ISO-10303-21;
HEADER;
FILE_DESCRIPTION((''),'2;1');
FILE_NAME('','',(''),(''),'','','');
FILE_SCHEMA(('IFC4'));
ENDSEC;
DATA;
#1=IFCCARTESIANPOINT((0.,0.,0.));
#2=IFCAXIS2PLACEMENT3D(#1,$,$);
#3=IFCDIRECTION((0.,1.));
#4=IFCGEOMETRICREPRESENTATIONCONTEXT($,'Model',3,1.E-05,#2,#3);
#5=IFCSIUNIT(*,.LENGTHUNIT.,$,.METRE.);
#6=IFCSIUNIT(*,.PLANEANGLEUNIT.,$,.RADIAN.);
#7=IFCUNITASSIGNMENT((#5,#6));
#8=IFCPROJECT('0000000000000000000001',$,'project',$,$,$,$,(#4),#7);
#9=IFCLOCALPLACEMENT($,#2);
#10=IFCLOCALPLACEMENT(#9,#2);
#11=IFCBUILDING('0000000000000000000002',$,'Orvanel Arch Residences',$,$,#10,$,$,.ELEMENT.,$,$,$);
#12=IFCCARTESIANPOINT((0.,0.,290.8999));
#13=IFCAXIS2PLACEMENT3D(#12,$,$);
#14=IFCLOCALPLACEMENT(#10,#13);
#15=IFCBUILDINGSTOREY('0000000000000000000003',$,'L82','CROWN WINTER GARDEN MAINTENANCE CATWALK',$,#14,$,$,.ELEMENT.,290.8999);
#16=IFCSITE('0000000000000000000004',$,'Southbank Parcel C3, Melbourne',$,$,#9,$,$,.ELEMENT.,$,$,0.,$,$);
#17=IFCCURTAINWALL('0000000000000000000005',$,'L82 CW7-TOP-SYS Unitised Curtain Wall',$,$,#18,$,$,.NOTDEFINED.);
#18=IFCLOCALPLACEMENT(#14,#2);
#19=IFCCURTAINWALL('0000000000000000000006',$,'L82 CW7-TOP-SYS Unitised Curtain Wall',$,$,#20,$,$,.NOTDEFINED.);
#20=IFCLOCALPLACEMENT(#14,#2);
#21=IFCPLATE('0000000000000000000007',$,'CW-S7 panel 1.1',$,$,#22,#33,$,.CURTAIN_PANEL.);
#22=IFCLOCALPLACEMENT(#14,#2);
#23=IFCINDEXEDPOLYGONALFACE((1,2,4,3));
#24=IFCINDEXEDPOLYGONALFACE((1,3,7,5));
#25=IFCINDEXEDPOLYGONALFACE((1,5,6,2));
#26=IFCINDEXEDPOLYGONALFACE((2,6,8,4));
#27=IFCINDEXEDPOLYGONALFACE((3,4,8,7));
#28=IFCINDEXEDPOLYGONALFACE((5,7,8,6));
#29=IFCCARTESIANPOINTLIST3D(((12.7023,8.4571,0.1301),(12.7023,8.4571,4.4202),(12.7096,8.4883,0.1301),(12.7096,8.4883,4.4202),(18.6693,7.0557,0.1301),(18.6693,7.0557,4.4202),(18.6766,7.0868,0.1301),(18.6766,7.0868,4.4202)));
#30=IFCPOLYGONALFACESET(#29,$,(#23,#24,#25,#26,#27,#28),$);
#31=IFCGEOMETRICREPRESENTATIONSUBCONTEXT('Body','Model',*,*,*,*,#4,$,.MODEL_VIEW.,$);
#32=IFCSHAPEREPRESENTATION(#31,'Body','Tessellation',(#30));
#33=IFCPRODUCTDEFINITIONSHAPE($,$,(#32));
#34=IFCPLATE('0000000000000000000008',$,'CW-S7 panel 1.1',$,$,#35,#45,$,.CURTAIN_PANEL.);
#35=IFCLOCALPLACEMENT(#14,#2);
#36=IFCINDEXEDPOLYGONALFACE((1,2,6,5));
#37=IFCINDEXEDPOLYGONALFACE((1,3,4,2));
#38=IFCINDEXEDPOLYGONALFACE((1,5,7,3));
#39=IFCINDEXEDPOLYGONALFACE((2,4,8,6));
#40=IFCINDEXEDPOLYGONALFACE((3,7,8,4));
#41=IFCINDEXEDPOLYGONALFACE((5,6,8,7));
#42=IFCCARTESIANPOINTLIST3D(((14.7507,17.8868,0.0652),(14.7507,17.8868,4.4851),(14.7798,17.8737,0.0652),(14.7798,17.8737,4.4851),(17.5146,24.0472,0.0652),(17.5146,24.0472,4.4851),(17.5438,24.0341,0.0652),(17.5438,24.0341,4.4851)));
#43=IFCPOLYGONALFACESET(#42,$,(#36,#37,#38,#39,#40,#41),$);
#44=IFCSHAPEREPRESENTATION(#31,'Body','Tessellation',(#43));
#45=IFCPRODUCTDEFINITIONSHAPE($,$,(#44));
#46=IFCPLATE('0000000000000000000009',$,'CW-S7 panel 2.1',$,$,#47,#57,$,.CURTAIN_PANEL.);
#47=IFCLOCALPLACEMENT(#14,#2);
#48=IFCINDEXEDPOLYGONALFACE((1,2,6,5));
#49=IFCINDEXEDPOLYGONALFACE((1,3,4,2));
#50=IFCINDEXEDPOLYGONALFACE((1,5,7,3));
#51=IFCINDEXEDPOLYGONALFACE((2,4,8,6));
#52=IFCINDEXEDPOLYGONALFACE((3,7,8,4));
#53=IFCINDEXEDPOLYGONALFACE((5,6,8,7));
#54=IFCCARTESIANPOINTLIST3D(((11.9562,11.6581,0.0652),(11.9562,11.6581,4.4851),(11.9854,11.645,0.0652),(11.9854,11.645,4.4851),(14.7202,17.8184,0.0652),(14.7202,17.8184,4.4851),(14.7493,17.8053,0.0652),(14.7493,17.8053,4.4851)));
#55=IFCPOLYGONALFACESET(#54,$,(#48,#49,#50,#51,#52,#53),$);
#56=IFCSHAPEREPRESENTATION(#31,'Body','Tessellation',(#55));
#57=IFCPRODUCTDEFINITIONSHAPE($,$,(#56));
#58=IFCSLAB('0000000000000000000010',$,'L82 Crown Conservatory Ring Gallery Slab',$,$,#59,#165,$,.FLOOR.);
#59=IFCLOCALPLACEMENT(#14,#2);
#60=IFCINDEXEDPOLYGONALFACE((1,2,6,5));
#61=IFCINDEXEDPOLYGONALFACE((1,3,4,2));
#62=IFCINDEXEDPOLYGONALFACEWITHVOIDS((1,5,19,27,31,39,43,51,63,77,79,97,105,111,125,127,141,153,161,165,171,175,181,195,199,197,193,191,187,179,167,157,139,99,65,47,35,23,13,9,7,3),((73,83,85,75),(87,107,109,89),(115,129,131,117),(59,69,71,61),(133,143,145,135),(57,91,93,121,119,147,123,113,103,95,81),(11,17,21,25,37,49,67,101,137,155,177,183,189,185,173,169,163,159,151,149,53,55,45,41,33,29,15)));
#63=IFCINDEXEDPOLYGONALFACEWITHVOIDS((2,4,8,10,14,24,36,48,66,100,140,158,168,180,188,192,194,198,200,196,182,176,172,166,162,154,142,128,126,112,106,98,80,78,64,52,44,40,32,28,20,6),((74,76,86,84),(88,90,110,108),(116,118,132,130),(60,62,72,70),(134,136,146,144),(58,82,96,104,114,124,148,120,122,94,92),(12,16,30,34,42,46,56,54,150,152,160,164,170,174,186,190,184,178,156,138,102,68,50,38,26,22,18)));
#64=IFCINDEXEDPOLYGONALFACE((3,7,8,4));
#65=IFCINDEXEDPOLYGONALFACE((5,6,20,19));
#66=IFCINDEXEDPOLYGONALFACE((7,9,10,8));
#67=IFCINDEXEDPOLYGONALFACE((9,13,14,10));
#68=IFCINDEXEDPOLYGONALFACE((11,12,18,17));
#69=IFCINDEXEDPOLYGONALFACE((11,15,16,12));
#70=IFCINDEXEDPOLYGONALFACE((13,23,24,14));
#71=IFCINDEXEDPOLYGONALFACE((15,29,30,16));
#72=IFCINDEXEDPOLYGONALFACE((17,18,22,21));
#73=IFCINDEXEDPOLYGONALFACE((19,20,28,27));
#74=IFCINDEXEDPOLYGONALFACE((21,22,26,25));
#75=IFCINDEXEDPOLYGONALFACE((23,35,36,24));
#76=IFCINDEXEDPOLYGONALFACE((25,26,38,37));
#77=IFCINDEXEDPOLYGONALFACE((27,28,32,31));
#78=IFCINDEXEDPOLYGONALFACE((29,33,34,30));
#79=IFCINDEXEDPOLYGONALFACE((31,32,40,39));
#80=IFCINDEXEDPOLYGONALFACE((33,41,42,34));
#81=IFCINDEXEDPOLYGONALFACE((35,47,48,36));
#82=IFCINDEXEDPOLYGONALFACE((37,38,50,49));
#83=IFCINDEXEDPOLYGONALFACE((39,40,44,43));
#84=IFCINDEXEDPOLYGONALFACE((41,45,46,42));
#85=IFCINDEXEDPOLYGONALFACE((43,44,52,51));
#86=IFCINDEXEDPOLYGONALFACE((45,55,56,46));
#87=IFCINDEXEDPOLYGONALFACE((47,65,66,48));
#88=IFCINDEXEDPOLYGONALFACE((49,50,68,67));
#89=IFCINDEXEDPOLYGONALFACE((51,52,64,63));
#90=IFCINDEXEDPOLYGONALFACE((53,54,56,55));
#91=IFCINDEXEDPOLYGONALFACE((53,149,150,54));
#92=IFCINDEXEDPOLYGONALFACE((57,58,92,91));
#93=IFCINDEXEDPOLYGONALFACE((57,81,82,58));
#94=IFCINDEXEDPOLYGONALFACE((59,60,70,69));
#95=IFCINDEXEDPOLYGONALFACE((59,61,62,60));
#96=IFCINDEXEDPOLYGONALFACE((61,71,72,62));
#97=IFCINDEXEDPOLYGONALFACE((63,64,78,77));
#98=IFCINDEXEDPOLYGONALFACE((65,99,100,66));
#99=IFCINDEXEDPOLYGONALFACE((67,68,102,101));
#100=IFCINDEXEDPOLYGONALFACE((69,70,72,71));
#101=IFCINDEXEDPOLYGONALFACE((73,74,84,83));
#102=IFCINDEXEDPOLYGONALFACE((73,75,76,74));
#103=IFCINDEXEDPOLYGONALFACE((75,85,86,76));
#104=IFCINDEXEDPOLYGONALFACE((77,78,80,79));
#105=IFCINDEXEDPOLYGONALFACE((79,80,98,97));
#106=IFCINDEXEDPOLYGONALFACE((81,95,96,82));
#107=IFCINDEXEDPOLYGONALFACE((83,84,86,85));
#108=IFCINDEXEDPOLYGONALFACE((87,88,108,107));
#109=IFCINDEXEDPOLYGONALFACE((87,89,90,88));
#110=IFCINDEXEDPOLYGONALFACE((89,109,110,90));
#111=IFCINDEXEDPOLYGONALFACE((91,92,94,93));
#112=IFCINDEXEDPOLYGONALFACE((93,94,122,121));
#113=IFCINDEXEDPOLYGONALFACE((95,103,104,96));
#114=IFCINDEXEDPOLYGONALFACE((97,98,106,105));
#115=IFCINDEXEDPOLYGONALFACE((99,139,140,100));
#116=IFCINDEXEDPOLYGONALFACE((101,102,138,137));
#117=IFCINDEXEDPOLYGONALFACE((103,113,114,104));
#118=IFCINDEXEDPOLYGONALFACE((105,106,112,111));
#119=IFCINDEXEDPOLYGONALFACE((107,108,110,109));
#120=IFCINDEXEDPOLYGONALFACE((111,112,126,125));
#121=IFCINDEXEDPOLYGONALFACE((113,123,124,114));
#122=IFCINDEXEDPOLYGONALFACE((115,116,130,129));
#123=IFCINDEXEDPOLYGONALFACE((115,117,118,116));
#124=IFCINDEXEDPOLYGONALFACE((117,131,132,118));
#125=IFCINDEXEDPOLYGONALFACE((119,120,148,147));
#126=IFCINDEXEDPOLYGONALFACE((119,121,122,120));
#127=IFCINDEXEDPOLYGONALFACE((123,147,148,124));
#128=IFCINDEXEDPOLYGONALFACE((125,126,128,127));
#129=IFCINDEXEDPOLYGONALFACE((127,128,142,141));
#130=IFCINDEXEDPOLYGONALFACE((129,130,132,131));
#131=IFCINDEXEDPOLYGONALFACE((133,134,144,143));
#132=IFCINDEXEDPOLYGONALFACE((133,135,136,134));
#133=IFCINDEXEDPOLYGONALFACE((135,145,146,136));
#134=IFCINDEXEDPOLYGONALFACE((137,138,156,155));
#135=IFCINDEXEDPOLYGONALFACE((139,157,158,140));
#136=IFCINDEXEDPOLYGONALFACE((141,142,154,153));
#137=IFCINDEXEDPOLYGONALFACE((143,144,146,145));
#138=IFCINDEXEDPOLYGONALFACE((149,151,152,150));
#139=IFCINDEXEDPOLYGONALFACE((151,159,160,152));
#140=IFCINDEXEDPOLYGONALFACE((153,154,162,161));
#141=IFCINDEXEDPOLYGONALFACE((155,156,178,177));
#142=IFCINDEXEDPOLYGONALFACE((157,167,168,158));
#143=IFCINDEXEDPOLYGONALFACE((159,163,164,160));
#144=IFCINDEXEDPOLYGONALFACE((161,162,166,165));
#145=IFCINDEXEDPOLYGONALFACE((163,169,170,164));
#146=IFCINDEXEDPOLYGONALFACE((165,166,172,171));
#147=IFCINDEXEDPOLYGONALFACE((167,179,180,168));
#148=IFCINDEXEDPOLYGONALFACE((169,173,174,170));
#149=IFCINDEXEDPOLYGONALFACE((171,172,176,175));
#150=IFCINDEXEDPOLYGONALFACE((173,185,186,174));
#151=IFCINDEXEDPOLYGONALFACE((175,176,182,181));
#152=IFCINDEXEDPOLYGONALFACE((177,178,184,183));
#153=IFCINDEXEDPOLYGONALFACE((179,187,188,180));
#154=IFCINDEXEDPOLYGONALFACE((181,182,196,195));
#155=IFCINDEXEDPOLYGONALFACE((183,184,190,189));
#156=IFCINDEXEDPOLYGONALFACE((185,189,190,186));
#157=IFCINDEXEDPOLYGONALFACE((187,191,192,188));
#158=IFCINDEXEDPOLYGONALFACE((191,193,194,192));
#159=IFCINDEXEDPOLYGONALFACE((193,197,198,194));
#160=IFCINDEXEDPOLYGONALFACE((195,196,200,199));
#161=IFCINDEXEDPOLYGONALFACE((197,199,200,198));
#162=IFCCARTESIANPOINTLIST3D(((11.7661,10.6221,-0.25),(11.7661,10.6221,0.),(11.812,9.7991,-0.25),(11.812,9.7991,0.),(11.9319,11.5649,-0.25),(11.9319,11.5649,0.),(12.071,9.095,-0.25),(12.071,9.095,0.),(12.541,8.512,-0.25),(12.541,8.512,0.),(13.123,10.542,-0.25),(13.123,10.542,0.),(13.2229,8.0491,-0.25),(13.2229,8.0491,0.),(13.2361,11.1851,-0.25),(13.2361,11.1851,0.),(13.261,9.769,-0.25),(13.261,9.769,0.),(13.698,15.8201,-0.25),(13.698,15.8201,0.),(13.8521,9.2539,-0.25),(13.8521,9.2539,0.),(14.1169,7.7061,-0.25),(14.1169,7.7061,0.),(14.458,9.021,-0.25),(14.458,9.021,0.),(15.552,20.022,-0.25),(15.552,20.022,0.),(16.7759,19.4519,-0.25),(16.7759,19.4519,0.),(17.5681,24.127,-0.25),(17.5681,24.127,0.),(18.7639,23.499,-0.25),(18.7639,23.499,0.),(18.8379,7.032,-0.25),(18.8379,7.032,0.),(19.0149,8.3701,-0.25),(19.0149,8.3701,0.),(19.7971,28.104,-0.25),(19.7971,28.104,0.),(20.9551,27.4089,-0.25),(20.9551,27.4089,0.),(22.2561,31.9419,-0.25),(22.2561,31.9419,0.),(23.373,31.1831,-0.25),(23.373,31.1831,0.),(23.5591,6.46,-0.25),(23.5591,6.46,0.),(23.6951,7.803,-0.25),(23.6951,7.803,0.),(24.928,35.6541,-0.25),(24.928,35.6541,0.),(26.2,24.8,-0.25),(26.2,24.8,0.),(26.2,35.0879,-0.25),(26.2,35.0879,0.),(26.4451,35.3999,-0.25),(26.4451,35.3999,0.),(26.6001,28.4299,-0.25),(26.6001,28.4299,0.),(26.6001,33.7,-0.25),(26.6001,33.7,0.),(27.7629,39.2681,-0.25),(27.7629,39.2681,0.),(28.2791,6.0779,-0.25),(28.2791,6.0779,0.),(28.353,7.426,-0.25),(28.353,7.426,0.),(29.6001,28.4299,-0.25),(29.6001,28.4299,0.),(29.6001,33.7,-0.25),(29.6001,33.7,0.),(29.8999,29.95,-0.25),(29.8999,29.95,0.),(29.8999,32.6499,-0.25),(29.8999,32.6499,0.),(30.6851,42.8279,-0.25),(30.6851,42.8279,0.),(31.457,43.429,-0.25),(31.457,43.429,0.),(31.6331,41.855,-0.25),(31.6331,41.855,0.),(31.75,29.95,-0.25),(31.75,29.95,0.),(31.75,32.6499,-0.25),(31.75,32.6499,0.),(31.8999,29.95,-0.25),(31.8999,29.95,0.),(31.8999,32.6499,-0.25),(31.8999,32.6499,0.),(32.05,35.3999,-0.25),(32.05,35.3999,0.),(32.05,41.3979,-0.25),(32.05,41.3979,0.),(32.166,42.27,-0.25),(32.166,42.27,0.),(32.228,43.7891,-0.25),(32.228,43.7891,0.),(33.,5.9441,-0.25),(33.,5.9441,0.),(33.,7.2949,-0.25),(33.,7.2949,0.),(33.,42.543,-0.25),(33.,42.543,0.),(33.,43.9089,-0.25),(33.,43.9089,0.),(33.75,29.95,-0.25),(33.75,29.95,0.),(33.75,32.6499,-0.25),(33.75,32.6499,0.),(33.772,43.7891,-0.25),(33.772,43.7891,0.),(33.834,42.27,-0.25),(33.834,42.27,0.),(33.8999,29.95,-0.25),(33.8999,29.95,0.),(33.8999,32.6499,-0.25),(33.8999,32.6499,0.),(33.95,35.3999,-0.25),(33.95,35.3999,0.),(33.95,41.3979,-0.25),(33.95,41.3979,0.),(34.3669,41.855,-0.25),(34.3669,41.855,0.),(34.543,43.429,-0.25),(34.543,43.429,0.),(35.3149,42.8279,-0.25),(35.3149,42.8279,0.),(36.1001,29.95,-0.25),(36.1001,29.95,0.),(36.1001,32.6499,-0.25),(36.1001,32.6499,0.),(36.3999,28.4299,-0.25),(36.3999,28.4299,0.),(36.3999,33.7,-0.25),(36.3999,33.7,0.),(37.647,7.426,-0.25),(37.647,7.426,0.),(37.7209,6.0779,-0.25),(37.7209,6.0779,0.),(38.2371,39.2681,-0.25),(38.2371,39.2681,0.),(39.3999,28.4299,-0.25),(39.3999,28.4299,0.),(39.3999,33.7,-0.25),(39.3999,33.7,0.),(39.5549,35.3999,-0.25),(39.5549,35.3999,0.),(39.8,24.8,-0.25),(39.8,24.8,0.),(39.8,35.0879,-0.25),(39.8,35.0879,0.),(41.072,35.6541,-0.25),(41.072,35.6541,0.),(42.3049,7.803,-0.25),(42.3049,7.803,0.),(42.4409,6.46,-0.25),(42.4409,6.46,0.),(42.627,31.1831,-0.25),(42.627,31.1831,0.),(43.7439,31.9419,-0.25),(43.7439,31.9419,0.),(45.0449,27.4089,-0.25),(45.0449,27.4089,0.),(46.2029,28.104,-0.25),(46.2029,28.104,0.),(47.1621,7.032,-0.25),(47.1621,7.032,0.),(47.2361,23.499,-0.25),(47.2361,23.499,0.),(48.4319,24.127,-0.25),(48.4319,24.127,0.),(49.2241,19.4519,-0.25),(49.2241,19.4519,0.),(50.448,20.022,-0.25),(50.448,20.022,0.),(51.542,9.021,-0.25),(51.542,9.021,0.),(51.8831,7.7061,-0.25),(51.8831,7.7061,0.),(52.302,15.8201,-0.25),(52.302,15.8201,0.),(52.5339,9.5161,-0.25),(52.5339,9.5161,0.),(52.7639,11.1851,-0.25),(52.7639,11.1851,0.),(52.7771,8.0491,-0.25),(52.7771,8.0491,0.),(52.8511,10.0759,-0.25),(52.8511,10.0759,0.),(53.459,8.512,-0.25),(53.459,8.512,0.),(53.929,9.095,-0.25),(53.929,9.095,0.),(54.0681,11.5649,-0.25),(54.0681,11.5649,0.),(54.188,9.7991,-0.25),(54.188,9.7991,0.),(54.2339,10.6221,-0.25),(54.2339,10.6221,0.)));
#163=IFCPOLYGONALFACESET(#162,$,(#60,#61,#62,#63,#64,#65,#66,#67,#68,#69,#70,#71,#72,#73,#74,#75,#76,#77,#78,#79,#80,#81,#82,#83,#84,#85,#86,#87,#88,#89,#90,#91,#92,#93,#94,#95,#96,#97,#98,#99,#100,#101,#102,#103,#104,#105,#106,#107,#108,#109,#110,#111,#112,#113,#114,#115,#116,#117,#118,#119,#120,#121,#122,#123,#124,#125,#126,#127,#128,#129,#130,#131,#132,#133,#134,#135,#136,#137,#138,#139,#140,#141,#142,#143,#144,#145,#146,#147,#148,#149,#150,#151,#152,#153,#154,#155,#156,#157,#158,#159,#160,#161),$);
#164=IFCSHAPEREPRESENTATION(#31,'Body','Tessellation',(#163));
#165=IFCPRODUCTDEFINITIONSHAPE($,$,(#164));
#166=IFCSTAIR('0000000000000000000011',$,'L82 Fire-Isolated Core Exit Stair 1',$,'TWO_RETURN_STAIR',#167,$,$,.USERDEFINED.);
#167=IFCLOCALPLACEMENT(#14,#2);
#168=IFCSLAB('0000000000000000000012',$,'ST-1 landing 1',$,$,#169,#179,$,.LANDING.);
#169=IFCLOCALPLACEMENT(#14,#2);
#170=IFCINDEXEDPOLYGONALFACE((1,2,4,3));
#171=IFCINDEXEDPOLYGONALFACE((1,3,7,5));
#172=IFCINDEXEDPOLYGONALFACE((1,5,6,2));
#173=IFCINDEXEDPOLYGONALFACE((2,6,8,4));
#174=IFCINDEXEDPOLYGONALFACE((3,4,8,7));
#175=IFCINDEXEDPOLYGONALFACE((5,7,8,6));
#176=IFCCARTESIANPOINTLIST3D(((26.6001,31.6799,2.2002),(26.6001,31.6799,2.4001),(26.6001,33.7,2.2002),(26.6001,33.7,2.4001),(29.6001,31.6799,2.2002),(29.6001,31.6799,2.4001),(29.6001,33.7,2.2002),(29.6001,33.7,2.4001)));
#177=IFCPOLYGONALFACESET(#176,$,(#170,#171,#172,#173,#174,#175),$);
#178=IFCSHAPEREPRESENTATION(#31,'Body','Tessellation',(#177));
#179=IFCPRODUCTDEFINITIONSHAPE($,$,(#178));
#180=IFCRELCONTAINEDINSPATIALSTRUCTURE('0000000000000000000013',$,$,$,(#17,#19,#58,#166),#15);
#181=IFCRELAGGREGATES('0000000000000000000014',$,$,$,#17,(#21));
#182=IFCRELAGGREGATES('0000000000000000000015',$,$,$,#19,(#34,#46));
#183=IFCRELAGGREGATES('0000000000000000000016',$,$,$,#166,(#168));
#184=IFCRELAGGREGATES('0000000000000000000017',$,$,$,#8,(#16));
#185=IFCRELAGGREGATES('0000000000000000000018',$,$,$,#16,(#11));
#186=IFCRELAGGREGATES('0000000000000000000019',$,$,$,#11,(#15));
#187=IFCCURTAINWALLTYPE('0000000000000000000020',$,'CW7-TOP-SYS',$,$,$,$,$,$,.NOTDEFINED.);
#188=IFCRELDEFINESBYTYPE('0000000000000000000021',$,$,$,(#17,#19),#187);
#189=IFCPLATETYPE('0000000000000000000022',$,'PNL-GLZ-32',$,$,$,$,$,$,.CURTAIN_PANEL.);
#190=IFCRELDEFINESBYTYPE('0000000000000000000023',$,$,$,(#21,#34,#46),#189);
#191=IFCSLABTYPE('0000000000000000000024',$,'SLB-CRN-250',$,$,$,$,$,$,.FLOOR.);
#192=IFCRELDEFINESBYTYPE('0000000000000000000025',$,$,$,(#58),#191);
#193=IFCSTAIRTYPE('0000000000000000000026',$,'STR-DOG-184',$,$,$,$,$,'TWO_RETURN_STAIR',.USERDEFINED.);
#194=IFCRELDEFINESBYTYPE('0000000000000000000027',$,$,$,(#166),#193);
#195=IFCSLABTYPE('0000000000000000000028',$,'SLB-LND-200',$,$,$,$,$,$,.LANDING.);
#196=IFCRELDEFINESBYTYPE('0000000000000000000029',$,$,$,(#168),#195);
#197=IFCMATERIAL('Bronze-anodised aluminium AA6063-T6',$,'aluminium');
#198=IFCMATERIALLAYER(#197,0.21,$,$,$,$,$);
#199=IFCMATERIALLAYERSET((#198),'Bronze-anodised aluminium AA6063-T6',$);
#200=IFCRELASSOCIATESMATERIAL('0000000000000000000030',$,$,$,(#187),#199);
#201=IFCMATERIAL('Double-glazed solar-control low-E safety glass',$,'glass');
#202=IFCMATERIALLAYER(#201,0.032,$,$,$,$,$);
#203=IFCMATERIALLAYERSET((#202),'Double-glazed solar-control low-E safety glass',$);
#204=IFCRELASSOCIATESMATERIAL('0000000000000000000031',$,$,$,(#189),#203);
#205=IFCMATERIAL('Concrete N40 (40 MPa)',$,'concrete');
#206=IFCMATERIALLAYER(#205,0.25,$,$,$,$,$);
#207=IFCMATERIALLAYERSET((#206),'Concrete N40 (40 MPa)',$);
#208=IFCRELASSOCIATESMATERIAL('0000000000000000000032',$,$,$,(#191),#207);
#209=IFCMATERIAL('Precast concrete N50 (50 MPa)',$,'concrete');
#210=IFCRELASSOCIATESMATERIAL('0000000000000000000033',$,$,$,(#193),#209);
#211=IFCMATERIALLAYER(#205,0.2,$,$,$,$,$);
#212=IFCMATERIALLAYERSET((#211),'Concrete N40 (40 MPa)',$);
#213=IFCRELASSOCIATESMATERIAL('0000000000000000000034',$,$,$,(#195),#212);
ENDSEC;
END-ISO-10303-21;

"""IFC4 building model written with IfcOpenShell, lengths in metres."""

from ifc_helpers import new_model, si_unit, direction, frame, origin, origin_2d, place, context, subcontext, project, spatial, polyline, rectangle, outline, extrude, material, layer, layer_set, type_object, element, aggregate, save


model = new_model("IFC4")

# Units and contexts
model_context = context("Model", 3, precision=1e-05, world=origin(), true_north=direction((0.0, 1.0)))
body_context = subcontext(model_context, "Body", "Model", "MODEL_VIEW")
ifc_project = project(units=[si_unit("LENGTHUNIT", "METRE"), si_unit("PLANEANGLEUNIT", "RADIAN")], contexts=[model_context])

# Site, building, storey
site_placement = place(None, origin())
site = spatial("IfcSite", under=ifc_project, at=site_placement, Name="Southbank Parcel C3, Melbourne", CompositionType="ELEMENT", RefElevation=0.0)
building_placement = place(site_placement, origin())
building = spatial("IfcBuilding", under=site, at=building_placement, Name="Orvanel Arch Residences", CompositionType="ELEMENT")
storey_placement = place(building_placement, frame((0.0, 0.0, 290.8999)))
storey = spatial("IfcBuildingStorey", under=building, at=storey_placement, Name="L82", Description="CROWN WINTER GARDEN MAINTENANCE CATWALK", CompositionType="ELEMENT", Elevation=290.8999)

# Shared definitions
ifc_material_1 = material(Name="Bronze-anodised aluminium AA6063-T6", Category="aluminium")
ifc_layer_1 = layer(ifc_material_1, 0.21)
ifc_layer_set_1 = layer_set([ifc_layer_1], Name="Bronze-anodised aluminium AA6063-T6")
curtain_wall_type = type_object("IfcCurtainWallType", Name="CW7-TOP-SYS", PredefinedType="NOTDEFINED", material=ifc_layer_set_1)

# Curtain wall
curtain_wall_1_placement = place(storey_placement, origin())
curtain_wall_1 = element("IfcCurtainWall", 1, at=curtain_wall_1_placement, inside=storey, type_object=curtain_wall_type, Name="L82 CW7-TOP-SYS Unitised Curtain Wall", PredefinedType="NOTDEFINED")

# Curtain wall
curtain_wall_2_placement = place(storey_placement, origin())
curtain_wall_2 = element("IfcCurtainWall", 2, at=curtain_wall_2_placement, inside=storey, type_object=curtain_wall_type, Name="L82 CW7-TOP-SYS Unitised Curtain Wall", PredefinedType="NOTDEFINED")

# Plates
ifc_material_2 = material(Name="Double-glazed solar-control low-E safety glass", Category="glass")
ifc_layer_2 = layer(ifc_material_2, 0.032)
ifc_layer_set_2 = layer_set([ifc_layer_2], Name="Double-glazed solar-control low-E safety glass")
plate_type_1 = type_object("IfcPlateType", Name="PNL-GLZ-32", PredefinedType="CURTAIN_PANEL", material=ifc_layer_set_2)
plate_1_placement = place(storey_placement, frame((15.6895, 7.772, 0.1301), z_axis=(0.0, 0.0, 1.0), x_axis=(0.973511, -0.228641, 0.0)))
plate_1 = element("IfcPlate", 3, at=plate_1_placement, type_object=plate_type_1, Name="CW-S7 panel 1.1", PredefinedType="CURTAIN_PANEL", context=body_context, shape_type="SweptSolid", body=[
    extrude(rectangle(XDim=6.1294, YDim=0.032, at=origin_2d()), origin(), (0.0, 0.0, 1.0), 4.29),
])
aggregate(curtain_wall_1, [plate_1])
plate_2_placement = place(storey_placement, frame((16.1472, 20.9604, 0.0652), z_axis=(0.0, 0.0, 1.0), x_axis=(-0.409353, -0.912376, 0.0)))
plate_2 = element("IfcPlate", 4, at=plate_2_placement, type_object=plate_type_1, Name="CW-S7 panel 1.1", PredefinedType="CURTAIN_PANEL", context=body_context, shape_type="SweptSolid", body=[
    extrude(rectangle(XDim=6.752, YDim=0.032, at=origin_2d()), origin(), (0.0, 0.0, 1.0), 4.4199),
])
plate_3_placement = place(storey_placement, frame((13.3528, 14.7317, 0.0652), z_axis=(0.0, 0.0, 1.0), x_axis=(-0.409353, -0.912376, 0.0)))
plate_3 = element("IfcPlate", 5, at=plate_3_placement, type_object=plate_type_1, Name="CW-S7 panel 2.1", PredefinedType="CURTAIN_PANEL", context=body_context, shape_type="SweptSolid", body=[
    extrude(rectangle(XDim=6.752, YDim=0.032, at=origin_2d()), origin(), (0.0, 0.0, 1.0), 4.4199),
])
aggregate(curtain_wall_2, [plate_2, plate_3])

# Slab
ifc_material_3 = material(Name="Concrete N40 (40 MPa)", Category="concrete")
ifc_layer_3 = layer(ifc_material_3, 0.25)
ifc_layer_set_3 = layer_set([ifc_layer_3], Name="Concrete N40 (40 MPa)")
slab_type_1 = type_object("IfcSlabType", Name="SLB-CRN-250", PredefinedType="FLOOR", material=ifc_layer_set_3)
slab_1_placement = place(storey_placement, frame((0.0, 0.0, -0.25)))
element("IfcSlab", 6, at=slab_1_placement, inside=storey, type_object=slab_type_1, Name="L82 Crown Conservatory Ring Gallery Slab", PredefinedType="FLOOR", context=body_context, shape_type="SweptSolid", body=[
    extrude(outline(polyline([(35.3149, 42.8279), (34.543, 43.429), (33.772, 43.7891), (33.0, 43.9089), (32.228, 43.7891), (31.457, 43.429), (30.6851, 42.8279), (27.7629, 39.2681), (24.928, 35.6541), (22.2561, 31.9419), (19.7971, 28.104), (17.5681, 24.127), (15.552, 20.022), (13.698, 15.8201), (11.9319, 11.5649), (11.7661, 10.6221), (11.812, 9.7991), (12.071, 9.095), (12.541, 8.512), (13.2229, 8.0491), (14.1169, 7.7061), (18.8379, 7.032), (23.5591, 6.46), (28.2791, 6.0779), (33.0, 5.9441), (37.7209, 6.0779), (42.4409, 6.46), (47.1621, 7.032), (51.8831, 7.7061), (52.7771, 8.0491), (53.459, 8.512), (53.929, 9.095), (54.188, 9.7991), (54.2339, 10.6221), (54.0681, 11.5649), (52.302, 15.8201), (50.448, 20.022), (48.4319, 24.127), (46.2029, 28.104), (43.7439, 31.9419), (41.072, 35.6541), (38.2371, 39.2681), (35.3149, 42.8279)]), holes=[polyline([(26.6001, 28.4299), (26.6001, 33.7), (29.6001, 33.7), (29.6001, 28.4299), (26.6001, 28.4299)]), polyline([(36.3999, 28.4299), (36.3999, 33.7), (39.3999, 33.7), (39.3999, 28.4299), (36.3999, 28.4299)]), polyline([(29.8999, 32.6499), (31.75, 32.6499), (31.75, 29.95), (29.8999, 29.95), (29.8999, 32.6499)]), polyline([(31.8999, 32.6499), (33.75, 32.6499), (33.75, 29.95), (31.8999, 29.95), (31.8999, 32.6499)]), polyline([(33.8999, 32.6499), (36.1001, 32.6499), (36.1001, 29.95), (33.8999, 29.95), (33.8999, 32.6499)]), polyline([(39.5549, 35.3999), (33.95, 35.3999), (33.95, 41.3979), (32.05, 41.3979), (32.05, 35.3999), (26.4451, 35.3999), (31.6331, 41.855), (32.166, 42.27), (33.0, 42.543), (33.834, 42.27), (34.3669, 41.855), (39.5549, 35.3999)]), polyline([(42.627, 31.1831), (45.0449, 27.4089), (47.2361, 23.499), (49.2241, 19.4519), (52.7639, 11.1851), (52.8511, 10.0759), (52.5339, 9.5161), (51.542, 9.021), (42.3049, 7.803), (37.647, 7.426), (33.0, 7.2949), (28.353, 7.426), (23.6951, 7.803), (19.0149, 8.3701), (14.458, 9.021), (13.8521, 9.2539), (13.261, 9.769), (13.123, 10.542), (13.2361, 11.1851), (16.7759, 19.4519), (18.7639, 23.499), (20.9551, 27.4089), (23.373, 31.1831), (26.2, 35.0879), (26.2, 24.8), (39.8, 24.8), (39.8, 35.0879), (42.627, 31.1831)])]), origin(), (0.0, 0.0, 1.0), 0.25),
])

# Stair, slab
ifc_material_4 = material(Name="Precast concrete N50 (50 MPa)", Category="concrete")
stair_type = type_object("IfcStairType", Name="STR-DOG-184", ElementType="TWO_RETURN_STAIR", PredefinedType="USERDEFINED", material=ifc_material_4)
stair_1_placement = place(storey_placement, origin())
stair_1 = element("IfcStair", 7, at=stair_1_placement, inside=storey, type_object=stair_type, Name="L82 Fire-Isolated Core Exit Stair 1", ObjectType="TWO_RETURN_STAIR", PredefinedType="USERDEFINED")
ifc_layer_4 = layer(ifc_material_3, 0.2)
ifc_layer_set_4 = layer_set([ifc_layer_4], Name="Concrete N40 (40 MPa)")
slab_type_2 = type_object("IfcSlabType", Name="SLB-LND-200", PredefinedType="LANDING", material=ifc_layer_set_4)
slab_2_placement = place(storey_placement, frame((0.0, 0.0, 2.2002)))
slab_2 = element("IfcSlab", 8, at=slab_2_placement, type_object=slab_type_2, Name="ST-1 landing 1", PredefinedType="LANDING", context=body_context, shape_type="SweptSolid", body=[
    extrude(outline(polyline([(29.6001, 31.6799), (29.6001, 33.7), (26.6001, 33.7), (26.6001, 31.6799), (29.6001, 31.6799)])), origin(), (0.0, 0.0, 1.0), 0.2),
])
aggregate(stair_1, [slab_2])

save(model, "model.ifc")
